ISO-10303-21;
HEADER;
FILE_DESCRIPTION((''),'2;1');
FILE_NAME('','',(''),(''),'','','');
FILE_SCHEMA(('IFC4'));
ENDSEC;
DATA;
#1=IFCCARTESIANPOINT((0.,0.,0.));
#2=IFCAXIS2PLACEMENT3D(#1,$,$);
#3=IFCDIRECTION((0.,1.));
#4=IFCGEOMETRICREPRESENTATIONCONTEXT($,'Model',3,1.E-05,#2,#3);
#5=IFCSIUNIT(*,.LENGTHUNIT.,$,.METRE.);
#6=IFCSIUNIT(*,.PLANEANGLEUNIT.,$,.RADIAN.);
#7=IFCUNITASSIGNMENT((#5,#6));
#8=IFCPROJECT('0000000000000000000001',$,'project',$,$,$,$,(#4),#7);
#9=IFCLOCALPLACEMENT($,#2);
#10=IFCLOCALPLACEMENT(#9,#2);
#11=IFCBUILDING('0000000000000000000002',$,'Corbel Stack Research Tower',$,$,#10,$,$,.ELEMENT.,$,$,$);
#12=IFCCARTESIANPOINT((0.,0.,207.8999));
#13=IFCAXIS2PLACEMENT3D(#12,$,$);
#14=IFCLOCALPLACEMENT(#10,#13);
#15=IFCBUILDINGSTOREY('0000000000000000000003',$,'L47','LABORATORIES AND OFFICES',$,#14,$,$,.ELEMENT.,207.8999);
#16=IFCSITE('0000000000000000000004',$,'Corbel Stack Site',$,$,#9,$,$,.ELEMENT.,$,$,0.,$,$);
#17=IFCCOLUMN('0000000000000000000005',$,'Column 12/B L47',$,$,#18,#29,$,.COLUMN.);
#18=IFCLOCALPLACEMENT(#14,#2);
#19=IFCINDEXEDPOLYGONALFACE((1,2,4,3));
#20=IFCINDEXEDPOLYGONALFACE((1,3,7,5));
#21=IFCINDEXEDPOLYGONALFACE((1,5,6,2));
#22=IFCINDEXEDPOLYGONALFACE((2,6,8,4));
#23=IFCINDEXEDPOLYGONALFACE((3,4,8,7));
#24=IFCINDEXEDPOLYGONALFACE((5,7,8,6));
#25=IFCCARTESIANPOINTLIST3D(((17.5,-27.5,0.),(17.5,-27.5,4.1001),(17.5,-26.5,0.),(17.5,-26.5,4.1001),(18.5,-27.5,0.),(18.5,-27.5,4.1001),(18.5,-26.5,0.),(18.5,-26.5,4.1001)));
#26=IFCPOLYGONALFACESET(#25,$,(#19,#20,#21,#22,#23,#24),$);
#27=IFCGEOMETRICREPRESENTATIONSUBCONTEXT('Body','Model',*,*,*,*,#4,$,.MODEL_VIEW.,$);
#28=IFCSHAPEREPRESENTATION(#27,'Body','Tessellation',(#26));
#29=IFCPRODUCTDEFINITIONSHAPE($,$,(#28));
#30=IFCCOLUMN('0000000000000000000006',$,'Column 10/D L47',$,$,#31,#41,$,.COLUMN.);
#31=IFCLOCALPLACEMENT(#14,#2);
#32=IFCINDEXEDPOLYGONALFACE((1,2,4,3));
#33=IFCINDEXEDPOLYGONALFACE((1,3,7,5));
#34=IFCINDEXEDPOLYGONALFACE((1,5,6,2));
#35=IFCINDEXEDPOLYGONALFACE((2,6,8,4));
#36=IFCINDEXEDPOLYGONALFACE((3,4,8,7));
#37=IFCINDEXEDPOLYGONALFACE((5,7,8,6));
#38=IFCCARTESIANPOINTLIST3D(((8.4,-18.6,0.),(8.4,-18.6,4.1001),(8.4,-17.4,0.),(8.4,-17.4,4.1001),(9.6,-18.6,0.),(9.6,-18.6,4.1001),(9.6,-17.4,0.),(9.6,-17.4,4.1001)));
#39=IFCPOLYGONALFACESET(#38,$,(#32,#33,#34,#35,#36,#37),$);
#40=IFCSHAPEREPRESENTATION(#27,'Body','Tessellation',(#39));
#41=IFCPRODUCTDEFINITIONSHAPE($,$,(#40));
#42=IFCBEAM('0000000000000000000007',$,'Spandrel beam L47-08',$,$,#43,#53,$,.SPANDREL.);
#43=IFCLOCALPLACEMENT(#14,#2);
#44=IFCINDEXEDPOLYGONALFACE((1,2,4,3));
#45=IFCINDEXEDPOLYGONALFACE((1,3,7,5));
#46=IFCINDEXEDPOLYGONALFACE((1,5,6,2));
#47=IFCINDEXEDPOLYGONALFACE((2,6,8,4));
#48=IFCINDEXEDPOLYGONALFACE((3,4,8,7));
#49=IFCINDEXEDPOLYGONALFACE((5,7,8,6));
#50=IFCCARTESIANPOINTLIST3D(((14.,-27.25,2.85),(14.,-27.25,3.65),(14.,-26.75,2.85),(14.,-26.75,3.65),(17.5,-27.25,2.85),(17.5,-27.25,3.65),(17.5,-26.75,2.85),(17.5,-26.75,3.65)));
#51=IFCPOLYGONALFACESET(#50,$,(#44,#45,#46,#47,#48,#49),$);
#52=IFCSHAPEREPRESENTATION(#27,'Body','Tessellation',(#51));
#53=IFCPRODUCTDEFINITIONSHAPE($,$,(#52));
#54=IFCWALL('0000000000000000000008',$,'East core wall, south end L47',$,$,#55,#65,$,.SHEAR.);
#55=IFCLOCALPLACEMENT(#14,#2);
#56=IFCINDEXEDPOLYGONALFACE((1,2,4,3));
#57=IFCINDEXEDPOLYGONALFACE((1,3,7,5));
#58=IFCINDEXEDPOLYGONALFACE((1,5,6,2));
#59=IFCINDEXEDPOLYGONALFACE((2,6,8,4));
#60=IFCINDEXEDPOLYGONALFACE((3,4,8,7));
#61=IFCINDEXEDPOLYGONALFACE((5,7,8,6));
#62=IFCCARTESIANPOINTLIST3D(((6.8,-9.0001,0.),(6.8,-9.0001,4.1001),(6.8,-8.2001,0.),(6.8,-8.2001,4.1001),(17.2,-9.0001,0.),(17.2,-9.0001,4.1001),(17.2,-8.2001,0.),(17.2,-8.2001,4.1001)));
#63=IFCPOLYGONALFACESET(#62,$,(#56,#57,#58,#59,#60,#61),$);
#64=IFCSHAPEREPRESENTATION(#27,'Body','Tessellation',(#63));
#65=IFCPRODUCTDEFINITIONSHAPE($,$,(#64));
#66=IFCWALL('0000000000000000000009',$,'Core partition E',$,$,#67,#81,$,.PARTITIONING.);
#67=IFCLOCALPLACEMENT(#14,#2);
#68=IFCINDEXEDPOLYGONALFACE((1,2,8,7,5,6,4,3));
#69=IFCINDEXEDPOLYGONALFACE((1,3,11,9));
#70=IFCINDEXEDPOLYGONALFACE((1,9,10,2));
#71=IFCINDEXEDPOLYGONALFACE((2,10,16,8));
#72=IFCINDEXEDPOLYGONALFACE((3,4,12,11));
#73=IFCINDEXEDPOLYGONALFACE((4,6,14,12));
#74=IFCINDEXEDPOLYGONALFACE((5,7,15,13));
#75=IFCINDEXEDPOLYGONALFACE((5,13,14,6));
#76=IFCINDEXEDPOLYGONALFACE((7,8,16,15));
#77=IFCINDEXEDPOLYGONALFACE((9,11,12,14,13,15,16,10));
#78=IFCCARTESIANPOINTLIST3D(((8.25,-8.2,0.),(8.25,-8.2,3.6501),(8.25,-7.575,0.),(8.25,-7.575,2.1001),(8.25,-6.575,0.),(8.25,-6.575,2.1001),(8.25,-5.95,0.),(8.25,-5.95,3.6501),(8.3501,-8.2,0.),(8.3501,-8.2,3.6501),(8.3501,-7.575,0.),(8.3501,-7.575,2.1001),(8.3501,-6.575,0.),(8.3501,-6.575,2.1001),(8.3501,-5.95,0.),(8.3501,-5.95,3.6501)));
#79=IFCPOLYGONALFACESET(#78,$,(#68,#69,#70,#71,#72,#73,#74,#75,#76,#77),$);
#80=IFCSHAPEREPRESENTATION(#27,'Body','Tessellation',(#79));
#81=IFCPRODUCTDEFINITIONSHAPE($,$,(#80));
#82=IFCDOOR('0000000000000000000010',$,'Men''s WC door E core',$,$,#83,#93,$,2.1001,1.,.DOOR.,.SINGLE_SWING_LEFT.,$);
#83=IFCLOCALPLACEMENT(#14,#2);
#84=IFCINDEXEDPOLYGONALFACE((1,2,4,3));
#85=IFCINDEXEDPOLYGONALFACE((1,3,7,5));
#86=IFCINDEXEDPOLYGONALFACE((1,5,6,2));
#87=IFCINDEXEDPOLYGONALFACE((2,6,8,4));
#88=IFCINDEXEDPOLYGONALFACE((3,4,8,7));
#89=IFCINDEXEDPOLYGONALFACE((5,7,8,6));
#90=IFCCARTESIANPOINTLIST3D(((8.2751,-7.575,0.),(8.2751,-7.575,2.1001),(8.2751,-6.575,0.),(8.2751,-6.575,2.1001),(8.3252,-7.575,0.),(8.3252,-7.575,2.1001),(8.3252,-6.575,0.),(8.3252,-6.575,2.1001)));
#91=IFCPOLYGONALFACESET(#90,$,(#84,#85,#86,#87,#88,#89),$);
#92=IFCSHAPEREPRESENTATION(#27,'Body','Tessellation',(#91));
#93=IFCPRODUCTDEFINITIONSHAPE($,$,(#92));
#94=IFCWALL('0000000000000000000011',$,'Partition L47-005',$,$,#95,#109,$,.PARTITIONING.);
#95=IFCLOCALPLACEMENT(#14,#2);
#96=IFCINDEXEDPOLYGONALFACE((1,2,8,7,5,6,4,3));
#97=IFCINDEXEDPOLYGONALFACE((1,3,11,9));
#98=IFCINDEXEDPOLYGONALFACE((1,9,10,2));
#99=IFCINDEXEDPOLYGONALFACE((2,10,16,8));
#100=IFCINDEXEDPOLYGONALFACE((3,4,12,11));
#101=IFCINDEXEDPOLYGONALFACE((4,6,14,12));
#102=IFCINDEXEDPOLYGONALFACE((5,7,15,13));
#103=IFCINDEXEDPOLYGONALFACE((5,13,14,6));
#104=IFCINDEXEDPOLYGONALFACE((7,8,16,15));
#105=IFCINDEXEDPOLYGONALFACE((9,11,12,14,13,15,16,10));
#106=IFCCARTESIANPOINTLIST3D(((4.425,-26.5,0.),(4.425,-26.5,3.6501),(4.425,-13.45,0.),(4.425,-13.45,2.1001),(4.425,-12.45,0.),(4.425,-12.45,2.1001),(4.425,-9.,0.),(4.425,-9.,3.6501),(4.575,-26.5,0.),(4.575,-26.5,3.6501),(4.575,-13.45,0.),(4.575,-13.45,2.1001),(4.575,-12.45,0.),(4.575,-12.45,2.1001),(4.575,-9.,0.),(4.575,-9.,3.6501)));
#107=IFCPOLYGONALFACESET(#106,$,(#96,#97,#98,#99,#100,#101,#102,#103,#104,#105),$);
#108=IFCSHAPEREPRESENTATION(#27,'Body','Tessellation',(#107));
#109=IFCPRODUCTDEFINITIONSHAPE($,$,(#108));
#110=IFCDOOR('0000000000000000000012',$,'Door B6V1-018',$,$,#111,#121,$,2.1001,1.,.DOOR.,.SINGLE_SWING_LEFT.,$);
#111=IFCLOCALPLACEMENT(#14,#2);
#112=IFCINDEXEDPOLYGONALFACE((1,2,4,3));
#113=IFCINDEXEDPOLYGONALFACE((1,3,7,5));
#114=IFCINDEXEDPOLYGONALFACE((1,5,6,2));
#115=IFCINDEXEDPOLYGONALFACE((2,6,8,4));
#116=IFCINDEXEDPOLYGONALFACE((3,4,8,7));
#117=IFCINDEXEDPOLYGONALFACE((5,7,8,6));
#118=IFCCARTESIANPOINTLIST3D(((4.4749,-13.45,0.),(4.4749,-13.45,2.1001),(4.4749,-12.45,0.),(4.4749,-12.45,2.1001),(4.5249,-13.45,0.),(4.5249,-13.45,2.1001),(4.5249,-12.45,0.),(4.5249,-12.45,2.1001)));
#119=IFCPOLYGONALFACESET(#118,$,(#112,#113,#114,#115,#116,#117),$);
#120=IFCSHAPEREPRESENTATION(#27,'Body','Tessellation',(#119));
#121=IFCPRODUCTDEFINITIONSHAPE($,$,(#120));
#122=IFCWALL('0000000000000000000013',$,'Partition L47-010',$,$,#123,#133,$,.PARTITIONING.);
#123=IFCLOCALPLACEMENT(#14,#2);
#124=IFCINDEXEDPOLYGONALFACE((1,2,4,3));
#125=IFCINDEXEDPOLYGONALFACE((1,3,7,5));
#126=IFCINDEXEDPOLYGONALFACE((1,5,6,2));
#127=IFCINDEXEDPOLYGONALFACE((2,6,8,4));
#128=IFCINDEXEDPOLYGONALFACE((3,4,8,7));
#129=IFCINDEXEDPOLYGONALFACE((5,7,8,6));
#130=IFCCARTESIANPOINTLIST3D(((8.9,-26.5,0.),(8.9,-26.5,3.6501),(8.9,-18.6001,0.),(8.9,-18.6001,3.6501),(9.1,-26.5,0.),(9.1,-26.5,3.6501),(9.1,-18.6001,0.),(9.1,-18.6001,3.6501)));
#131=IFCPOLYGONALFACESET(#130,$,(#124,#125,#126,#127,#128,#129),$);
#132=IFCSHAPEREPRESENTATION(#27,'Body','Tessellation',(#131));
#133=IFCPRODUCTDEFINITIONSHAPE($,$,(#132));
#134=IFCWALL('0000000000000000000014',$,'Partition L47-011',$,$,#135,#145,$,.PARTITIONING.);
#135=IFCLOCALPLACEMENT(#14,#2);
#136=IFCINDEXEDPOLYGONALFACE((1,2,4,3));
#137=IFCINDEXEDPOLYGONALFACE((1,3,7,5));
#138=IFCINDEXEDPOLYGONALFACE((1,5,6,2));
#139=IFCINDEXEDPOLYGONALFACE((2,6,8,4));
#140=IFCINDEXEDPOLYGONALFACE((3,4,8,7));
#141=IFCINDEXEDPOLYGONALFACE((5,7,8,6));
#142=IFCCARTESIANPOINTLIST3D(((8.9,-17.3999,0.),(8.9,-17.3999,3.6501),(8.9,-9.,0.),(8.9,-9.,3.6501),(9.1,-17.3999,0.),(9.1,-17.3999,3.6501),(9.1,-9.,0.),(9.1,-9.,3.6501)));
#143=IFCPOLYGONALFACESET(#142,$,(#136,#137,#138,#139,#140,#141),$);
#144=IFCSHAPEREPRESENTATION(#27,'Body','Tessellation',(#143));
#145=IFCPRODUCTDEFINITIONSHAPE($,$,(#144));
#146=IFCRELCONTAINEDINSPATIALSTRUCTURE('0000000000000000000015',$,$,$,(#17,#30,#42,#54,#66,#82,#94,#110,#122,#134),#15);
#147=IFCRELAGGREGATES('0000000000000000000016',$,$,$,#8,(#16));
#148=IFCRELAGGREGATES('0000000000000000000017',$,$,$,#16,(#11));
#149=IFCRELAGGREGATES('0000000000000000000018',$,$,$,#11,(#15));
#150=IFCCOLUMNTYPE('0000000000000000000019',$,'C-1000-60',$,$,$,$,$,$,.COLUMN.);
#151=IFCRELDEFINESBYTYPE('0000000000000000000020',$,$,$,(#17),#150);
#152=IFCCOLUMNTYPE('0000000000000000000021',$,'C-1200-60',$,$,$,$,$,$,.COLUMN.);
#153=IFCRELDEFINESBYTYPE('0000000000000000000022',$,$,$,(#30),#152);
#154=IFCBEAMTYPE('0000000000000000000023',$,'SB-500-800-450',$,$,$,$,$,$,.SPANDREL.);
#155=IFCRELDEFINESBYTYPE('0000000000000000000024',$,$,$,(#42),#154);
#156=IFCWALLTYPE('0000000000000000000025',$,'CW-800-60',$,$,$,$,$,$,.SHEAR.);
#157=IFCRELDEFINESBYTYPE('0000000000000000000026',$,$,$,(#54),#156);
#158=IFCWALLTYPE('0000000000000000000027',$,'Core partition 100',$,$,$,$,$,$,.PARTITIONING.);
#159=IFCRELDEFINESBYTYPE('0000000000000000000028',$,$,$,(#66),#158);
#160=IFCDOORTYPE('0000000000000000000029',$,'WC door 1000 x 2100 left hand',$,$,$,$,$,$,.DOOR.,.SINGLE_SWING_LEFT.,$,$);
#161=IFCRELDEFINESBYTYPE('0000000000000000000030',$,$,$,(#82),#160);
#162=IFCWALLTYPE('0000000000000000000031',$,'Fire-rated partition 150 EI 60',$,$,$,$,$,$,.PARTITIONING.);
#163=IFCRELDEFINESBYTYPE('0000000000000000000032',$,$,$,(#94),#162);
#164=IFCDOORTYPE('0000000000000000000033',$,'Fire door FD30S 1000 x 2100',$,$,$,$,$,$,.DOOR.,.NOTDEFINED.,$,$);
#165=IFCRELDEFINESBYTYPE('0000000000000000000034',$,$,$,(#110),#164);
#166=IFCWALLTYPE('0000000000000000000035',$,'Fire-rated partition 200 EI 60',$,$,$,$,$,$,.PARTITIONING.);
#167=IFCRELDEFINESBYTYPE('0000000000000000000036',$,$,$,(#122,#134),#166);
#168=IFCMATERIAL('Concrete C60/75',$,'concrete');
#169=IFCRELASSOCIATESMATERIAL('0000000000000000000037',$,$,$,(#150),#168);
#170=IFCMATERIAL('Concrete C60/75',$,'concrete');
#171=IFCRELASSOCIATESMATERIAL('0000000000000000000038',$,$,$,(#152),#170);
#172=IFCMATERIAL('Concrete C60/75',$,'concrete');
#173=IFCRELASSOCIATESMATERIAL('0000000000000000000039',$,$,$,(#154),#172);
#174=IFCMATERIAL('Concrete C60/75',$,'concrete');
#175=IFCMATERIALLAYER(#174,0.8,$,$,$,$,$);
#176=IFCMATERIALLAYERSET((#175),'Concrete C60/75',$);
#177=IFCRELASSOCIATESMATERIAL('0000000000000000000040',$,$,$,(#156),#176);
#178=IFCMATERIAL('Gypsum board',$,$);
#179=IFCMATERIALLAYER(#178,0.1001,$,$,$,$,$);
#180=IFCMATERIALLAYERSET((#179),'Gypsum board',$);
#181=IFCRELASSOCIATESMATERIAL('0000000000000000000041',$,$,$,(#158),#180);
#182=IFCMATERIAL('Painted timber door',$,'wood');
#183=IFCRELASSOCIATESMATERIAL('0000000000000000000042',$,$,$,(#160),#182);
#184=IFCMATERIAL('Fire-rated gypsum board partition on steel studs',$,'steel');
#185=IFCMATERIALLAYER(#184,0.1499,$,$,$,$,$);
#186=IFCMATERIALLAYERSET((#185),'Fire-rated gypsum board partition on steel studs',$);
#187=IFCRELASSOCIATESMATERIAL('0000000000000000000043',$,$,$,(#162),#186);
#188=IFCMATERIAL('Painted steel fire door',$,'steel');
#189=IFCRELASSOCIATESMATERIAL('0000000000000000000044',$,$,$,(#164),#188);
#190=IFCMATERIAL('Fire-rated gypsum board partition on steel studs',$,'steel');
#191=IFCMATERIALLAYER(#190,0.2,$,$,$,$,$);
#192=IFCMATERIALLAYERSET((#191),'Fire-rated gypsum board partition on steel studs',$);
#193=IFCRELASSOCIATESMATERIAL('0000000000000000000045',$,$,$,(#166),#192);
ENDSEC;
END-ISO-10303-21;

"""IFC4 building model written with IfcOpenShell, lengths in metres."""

from ifc_helpers import new_model, si_unit, direction, frame, frame_2d, origin, origin_2d, place, context, subcontext, project, spatial, rectangle, extrude, material, layer, layer_set, material_profile, profile_set, type_object, element, fill, save


model = new_model("IFC4")

# Units and contexts
model_context = context("Model", 3, precision=1e-05, world=origin(), true_north=direction((0.0, 1.0)))
body_context = subcontext(model_context, "Body", "Model", "MODEL_VIEW")
ifc_project = project(units=[si_unit("LENGTHUNIT", "METRE"), si_unit("PLANEANGLEUNIT", "RADIAN")], contexts=[model_context])

# Site, building, storey
site_placement = place(None, origin())
site = spatial("IfcSite", under=ifc_project, at=site_placement, Name="Corbel Stack Site", CompositionType="ELEMENT", RefElevation=0.0)
building_placement = place(site_placement, origin())
building = spatial("IfcBuilding", under=site, at=building_placement, Name="Corbel Stack Research Tower", CompositionType="ELEMENT")
storey_placement = place(building_placement, frame((0.0, 0.0, 207.8999)))
storey = spatial("IfcBuildingStorey", under=building, at=storey_placement, Name="L47", Description="LABORATORIES AND OFFICES", CompositionType="ELEMENT", Elevation=207.8999)

# Columns
ifc_material_1 = material(Name="Concrete C60/75", Category="concrete")
ifc_material_profile_1 = material_profile(ifc_material_1, rectangle(XDim=1.0, YDim=1.0, at=origin_2d()), Name="RC 1000 x 1000")
ifc_profile_set_1 = profile_set([ifc_material_profile_1], Name="Concrete C60/75")
column_type_1 = type_object("IfcColumnType", Name="C-1000-60", PredefinedType="COLUMN", material=ifc_profile_set_1)
column_1_placement = place(storey_placement, frame((18.0, -27.0, 0.0), z_axis=(0.0, 0.0, 1.0), x_axis=(1.0, 0.0, 0.0)))
element("IfcColumn", 1, at=column_1_placement, inside=storey, type_object=column_type_1, Name="Column 12/B L47", PredefinedType="COLUMN", context=body_context, shape_type="SweptSolid", body=[
    extrude(rectangle(XDim=1.0, YDim=1.0, at=origin_2d()), origin(), (0.0, 0.0, 1.0), 4.1001),
])
ifc_material_2 = material(Name="Concrete C60/75", Category="concrete")
ifc_material_profile_2 = material_profile(ifc_material_2, rectangle(XDim=1.2, YDim=1.2, at=origin_2d()), Name="RC 1200 x 1200")
ifc_profile_set_2 = profile_set([ifc_material_profile_2], Name="Concrete C60/75")
column_type_2 = type_object("IfcColumnType", Name="C-1200-60", PredefinedType="COLUMN", material=ifc_profile_set_2)
column_2_placement = place(storey_placement, frame((9.0, -18.0, 0.0), z_axis=(0.0, 0.0, 1.0), x_axis=(1.0, 0.0, 0.0)))
element("IfcColumn", 2, at=column_2_placement, inside=storey, type_object=column_type_2, Name="Column 10/D L47", PredefinedType="COLUMN", context=body_context, shape_type="SweptSolid", body=[
    extrude(rectangle(XDim=1.2, YDim=1.2, at=origin_2d()), origin(), (0.0, 0.0, 1.0), 4.1001),
])

# Beam
ifc_material_3 = material(Name="Concrete C60/75", Category="concrete")
ifc_material_profile_3 = material_profile(ifc_material_3, rectangle(XDim=0.5, YDim=0.8, at=origin_2d()), Name="RC 500 x 800")
ifc_profile_set_3 = profile_set([ifc_material_profile_3], Name="Concrete C60/75")
beam_type = type_object("IfcBeamType", Name="SB-500-800-450", PredefinedType="SPANDREL", material=ifc_profile_set_3)
beam_placement = place(storey_placement, frame((14.0, -27.0, 3.25), z_axis=(1.0, 0.0, 0.0), x_axis=(0.0, 1.0, 0.0)))
element("IfcBeam", 3, at=beam_placement, inside=storey, type_object=beam_type, Name="Spandrel beam L47-08", PredefinedType="SPANDREL", context=body_context, shape_type="SweptSolid", body=[
    extrude(rectangle(XDim=0.5, YDim=0.8, at=origin_2d()), origin(), (0.0, 0.0, 1.0), 3.5),
])

# Shared definitions
ifc_material_4 = material(Name="Concrete C60/75", Category="concrete")
ifc_layer_1 = layer(ifc_material_4, 0.8)
ifc_layer_set_1 = layer_set([ifc_layer_1], Name="Concrete C60/75")
wall_type_1 = type_object("IfcWallType", Name="CW-800-60", PredefinedType="SHEAR", material=ifc_layer_set_1)

# Wall
wall_1_placement = place(storey_placement, frame((6.8, -8.6001, 0.0), z_axis=(0.0, 0.0, 1.0), x_axis=(1.0, 0.0, 0.0)))
element("IfcWall", 4, at=wall_1_placement, inside=storey, type_object=wall_type_1, Name="East core wall, south end L47", PredefinedType="SHEAR", context=body_context, shape_type="SweptSolid", body=[
    extrude(rectangle(XDim=10.3999, YDim=0.8, at=frame_2d((5.2, 0.0))), origin(), (0.0, 0.0, 1.0), 4.1001),
])

# Walls, openings, doors
ifc_material_5 = material(Name="Gypsum board")
ifc_layer_2 = layer(ifc_material_5, 0.1001)
ifc_layer_set_2 = layer_set([ifc_layer_2], Name="Gypsum board")
wall_type_2 = type_object("IfcWallType", Name="Core partition 100", PredefinedType="PARTITIONING", material=ifc_layer_set_2)
wall_2_placement = place(storey_placement, frame((8.3, -8.2, 0.0), z_axis=(0.0, 0.0, 1.0), x_axis=(0.0, 1.0, 0.0)))
wall_2 = element("IfcWall", 5, at=wall_2_placement, inside=storey, type_object=wall_type_2, Name="Core partition E", PredefinedType="PARTITIONING", context=body_context, shape_type="SweptSolid", body=[
    extrude(rectangle(XDim=2.25, YDim=0.1001, at=frame_2d((1.125, 0.0))), origin(), (0.0, 0.0, 1.0), 3.6501),
])
opening_1_placement = place(wall_2_placement, frame((0.625, 0.0, 0.0)))
opening_1 = element("IfcOpeningElement", 6, at=opening_1_placement, cuts=wall_2, PredefinedType="OPENING", context=body_context, shape_type="SweptSolid", body=[
    extrude(rectangle(XDim=1.0, YDim=2.1001, at=frame_2d((0.5, 1.05))), frame((0.0, 0.0601, 0.0), z_axis=(0.0, -1.0, 0.0), x_axis=(1.0, 0.0, 0.0)), (0.0, 0.0, 1.0), 0.1201),
])
ifc_material_6 = material(Name="Painted timber door", Category="wood")
door_type_1 = type_object("IfcDoorType", Name="WC door 1000 x 2100 left hand", OperationType="SINGLE_SWING_LEFT", PredefinedType="DOOR", material=ifc_material_6)
door_1_placement = place(opening_1_placement, origin())
door_1 = element("IfcDoor", 7, at=door_1_placement, inside=storey, type_object=door_type_1, Name="Men's WC door E core", OperationType="SINGLE_SWING_LEFT", OverallHeight=2.1001, OverallWidth=1.0, PredefinedType="DOOR", context=body_context, shape_type="SweptSolid", body=[
    extrude(rectangle(XDim=1.0, YDim=2.1001, at=frame_2d((0.5, 1.05))), frame((0.0, 0.0249, 0.0), z_axis=(0.0, -1.0, 0.0), x_axis=(1.0, 0.0, 0.0)), (0.0, 0.0, 1.0), 0.05),
])
fill(opening_1, door_1)
ifc_material_7 = material(Name="Fire-rated gypsum board partition on steel studs", Category="steel")
ifc_layer_3 = layer(ifc_material_7, 0.1499)
ifc_layer_set_3 = layer_set([ifc_layer_3], Name="Fire-rated gypsum board partition on steel studs")
wall_type_3 = type_object("IfcWallType", Name="Fire-rated partition 150 EI 60", PredefinedType="PARTITIONING", material=ifc_layer_set_3)
wall_3_placement = place(storey_placement, frame((4.5, -9.0, 0.0), z_axis=(0.0, 0.0, 1.0), x_axis=(0.0, -1.0, 0.0)))
wall_3 = element("IfcWall", 8, at=wall_3_placement, inside=storey, type_object=wall_type_3, Name="Partition L47-005", PredefinedType="PARTITIONING", context=body_context, shape_type="SweptSolid", body=[
    extrude(rectangle(XDim=17.5, YDim=0.1499, at=frame_2d((8.75, 0.0))), origin(), (0.0, 0.0, 1.0), 3.6501),
])
opening_2_placement = place(wall_3_placement, frame((3.45, 0.0, 0.0)))
opening_2 = element("IfcOpeningElement", 9, at=opening_2_placement, cuts=wall_3, PredefinedType="OPENING", context=body_context, shape_type="SweptSolid", body=[
    extrude(rectangle(XDim=1.0, YDim=2.1001, at=frame_2d((0.5, 1.05))), frame((0.0, 0.085, 0.0), z_axis=(0.0, -1.0, 0.0), x_axis=(1.0, 0.0, 0.0)), (0.0, 0.0, 1.0), 0.1699),
])
ifc_material_8 = material(Name="Painted steel fire door", Category="steel")
door_type_2 = type_object("IfcDoorType", Name="Fire door FD30S 1000 x 2100", OperationType="NOTDEFINED", PredefinedType="DOOR", material=ifc_material_8)
door_2_placement = place(opening_2_placement, origin())
door_2 = element("IfcDoor", 10, at=door_2_placement, inside=storey, type_object=door_type_2, Name="Door B6V1-018", OperationType="SINGLE_SWING_LEFT", OverallHeight=2.1001, OverallWidth=1.0, PredefinedType="DOOR", context=body_context, shape_type="SweptSolid", body=[
    extrude(rectangle(XDim=1.0, YDim=2.1001, at=frame_2d((0.5, 1.05))), frame((0.0, 0.0249, 0.0), z_axis=(0.0, -1.0, 0.0), x_axis=(1.0, 0.0, 0.0)), (0.0, 0.0, 1.0), 0.05),
])
fill(opening_2, door_2)

# Walls
ifc_material_9 = material(Name="Fire-rated gypsum board partition on steel studs", Category="steel")
ifc_layer_4 = layer(ifc_material_9, 0.2)
ifc_layer_set_4 = layer_set([ifc_layer_4], Name="Fire-rated gypsum board partition on steel studs")
wall_type_4 = type_object("IfcWallType", Name="Fire-rated partition 200 EI 60", PredefinedType="PARTITIONING", material=ifc_layer_set_4)
wall_4_placement = place(storey_placement, frame((9.0, -26.5, 0.0), z_axis=(0.0, 0.0, 1.0), x_axis=(0.0, 1.0, 0.0)))
element("IfcWall", 11, at=wall_4_placement, inside=storey, type_object=wall_type_4, Name="Partition L47-010", PredefinedType="PARTITIONING", context=body_context, shape_type="SweptSolid", body=[
    extrude(rectangle(XDim=7.8999, YDim=0.2, at=frame_2d((3.95, 0.0))), origin(), (0.0, 0.0, 1.0), 3.6501),
])
wall_5_placement = place(storey_placement, frame((9.0, -17.3999, 0.0), z_axis=(0.0, 0.0, 1.0), x_axis=(0.0, 1.0, 0.0)))
element("IfcWall", 12, at=wall_5_placement, inside=storey, type_object=wall_type_4, Name="Partition L47-011", PredefinedType="PARTITIONING", context=body_context, shape_type="SweptSolid", body=[
    extrude(rectangle(XDim=8.3999, YDim=0.2, at=frame_2d((4.2, 0.0))), origin(), (0.0, 0.0, 1.0), 3.6501),
])

save(model, "model.ifc")
